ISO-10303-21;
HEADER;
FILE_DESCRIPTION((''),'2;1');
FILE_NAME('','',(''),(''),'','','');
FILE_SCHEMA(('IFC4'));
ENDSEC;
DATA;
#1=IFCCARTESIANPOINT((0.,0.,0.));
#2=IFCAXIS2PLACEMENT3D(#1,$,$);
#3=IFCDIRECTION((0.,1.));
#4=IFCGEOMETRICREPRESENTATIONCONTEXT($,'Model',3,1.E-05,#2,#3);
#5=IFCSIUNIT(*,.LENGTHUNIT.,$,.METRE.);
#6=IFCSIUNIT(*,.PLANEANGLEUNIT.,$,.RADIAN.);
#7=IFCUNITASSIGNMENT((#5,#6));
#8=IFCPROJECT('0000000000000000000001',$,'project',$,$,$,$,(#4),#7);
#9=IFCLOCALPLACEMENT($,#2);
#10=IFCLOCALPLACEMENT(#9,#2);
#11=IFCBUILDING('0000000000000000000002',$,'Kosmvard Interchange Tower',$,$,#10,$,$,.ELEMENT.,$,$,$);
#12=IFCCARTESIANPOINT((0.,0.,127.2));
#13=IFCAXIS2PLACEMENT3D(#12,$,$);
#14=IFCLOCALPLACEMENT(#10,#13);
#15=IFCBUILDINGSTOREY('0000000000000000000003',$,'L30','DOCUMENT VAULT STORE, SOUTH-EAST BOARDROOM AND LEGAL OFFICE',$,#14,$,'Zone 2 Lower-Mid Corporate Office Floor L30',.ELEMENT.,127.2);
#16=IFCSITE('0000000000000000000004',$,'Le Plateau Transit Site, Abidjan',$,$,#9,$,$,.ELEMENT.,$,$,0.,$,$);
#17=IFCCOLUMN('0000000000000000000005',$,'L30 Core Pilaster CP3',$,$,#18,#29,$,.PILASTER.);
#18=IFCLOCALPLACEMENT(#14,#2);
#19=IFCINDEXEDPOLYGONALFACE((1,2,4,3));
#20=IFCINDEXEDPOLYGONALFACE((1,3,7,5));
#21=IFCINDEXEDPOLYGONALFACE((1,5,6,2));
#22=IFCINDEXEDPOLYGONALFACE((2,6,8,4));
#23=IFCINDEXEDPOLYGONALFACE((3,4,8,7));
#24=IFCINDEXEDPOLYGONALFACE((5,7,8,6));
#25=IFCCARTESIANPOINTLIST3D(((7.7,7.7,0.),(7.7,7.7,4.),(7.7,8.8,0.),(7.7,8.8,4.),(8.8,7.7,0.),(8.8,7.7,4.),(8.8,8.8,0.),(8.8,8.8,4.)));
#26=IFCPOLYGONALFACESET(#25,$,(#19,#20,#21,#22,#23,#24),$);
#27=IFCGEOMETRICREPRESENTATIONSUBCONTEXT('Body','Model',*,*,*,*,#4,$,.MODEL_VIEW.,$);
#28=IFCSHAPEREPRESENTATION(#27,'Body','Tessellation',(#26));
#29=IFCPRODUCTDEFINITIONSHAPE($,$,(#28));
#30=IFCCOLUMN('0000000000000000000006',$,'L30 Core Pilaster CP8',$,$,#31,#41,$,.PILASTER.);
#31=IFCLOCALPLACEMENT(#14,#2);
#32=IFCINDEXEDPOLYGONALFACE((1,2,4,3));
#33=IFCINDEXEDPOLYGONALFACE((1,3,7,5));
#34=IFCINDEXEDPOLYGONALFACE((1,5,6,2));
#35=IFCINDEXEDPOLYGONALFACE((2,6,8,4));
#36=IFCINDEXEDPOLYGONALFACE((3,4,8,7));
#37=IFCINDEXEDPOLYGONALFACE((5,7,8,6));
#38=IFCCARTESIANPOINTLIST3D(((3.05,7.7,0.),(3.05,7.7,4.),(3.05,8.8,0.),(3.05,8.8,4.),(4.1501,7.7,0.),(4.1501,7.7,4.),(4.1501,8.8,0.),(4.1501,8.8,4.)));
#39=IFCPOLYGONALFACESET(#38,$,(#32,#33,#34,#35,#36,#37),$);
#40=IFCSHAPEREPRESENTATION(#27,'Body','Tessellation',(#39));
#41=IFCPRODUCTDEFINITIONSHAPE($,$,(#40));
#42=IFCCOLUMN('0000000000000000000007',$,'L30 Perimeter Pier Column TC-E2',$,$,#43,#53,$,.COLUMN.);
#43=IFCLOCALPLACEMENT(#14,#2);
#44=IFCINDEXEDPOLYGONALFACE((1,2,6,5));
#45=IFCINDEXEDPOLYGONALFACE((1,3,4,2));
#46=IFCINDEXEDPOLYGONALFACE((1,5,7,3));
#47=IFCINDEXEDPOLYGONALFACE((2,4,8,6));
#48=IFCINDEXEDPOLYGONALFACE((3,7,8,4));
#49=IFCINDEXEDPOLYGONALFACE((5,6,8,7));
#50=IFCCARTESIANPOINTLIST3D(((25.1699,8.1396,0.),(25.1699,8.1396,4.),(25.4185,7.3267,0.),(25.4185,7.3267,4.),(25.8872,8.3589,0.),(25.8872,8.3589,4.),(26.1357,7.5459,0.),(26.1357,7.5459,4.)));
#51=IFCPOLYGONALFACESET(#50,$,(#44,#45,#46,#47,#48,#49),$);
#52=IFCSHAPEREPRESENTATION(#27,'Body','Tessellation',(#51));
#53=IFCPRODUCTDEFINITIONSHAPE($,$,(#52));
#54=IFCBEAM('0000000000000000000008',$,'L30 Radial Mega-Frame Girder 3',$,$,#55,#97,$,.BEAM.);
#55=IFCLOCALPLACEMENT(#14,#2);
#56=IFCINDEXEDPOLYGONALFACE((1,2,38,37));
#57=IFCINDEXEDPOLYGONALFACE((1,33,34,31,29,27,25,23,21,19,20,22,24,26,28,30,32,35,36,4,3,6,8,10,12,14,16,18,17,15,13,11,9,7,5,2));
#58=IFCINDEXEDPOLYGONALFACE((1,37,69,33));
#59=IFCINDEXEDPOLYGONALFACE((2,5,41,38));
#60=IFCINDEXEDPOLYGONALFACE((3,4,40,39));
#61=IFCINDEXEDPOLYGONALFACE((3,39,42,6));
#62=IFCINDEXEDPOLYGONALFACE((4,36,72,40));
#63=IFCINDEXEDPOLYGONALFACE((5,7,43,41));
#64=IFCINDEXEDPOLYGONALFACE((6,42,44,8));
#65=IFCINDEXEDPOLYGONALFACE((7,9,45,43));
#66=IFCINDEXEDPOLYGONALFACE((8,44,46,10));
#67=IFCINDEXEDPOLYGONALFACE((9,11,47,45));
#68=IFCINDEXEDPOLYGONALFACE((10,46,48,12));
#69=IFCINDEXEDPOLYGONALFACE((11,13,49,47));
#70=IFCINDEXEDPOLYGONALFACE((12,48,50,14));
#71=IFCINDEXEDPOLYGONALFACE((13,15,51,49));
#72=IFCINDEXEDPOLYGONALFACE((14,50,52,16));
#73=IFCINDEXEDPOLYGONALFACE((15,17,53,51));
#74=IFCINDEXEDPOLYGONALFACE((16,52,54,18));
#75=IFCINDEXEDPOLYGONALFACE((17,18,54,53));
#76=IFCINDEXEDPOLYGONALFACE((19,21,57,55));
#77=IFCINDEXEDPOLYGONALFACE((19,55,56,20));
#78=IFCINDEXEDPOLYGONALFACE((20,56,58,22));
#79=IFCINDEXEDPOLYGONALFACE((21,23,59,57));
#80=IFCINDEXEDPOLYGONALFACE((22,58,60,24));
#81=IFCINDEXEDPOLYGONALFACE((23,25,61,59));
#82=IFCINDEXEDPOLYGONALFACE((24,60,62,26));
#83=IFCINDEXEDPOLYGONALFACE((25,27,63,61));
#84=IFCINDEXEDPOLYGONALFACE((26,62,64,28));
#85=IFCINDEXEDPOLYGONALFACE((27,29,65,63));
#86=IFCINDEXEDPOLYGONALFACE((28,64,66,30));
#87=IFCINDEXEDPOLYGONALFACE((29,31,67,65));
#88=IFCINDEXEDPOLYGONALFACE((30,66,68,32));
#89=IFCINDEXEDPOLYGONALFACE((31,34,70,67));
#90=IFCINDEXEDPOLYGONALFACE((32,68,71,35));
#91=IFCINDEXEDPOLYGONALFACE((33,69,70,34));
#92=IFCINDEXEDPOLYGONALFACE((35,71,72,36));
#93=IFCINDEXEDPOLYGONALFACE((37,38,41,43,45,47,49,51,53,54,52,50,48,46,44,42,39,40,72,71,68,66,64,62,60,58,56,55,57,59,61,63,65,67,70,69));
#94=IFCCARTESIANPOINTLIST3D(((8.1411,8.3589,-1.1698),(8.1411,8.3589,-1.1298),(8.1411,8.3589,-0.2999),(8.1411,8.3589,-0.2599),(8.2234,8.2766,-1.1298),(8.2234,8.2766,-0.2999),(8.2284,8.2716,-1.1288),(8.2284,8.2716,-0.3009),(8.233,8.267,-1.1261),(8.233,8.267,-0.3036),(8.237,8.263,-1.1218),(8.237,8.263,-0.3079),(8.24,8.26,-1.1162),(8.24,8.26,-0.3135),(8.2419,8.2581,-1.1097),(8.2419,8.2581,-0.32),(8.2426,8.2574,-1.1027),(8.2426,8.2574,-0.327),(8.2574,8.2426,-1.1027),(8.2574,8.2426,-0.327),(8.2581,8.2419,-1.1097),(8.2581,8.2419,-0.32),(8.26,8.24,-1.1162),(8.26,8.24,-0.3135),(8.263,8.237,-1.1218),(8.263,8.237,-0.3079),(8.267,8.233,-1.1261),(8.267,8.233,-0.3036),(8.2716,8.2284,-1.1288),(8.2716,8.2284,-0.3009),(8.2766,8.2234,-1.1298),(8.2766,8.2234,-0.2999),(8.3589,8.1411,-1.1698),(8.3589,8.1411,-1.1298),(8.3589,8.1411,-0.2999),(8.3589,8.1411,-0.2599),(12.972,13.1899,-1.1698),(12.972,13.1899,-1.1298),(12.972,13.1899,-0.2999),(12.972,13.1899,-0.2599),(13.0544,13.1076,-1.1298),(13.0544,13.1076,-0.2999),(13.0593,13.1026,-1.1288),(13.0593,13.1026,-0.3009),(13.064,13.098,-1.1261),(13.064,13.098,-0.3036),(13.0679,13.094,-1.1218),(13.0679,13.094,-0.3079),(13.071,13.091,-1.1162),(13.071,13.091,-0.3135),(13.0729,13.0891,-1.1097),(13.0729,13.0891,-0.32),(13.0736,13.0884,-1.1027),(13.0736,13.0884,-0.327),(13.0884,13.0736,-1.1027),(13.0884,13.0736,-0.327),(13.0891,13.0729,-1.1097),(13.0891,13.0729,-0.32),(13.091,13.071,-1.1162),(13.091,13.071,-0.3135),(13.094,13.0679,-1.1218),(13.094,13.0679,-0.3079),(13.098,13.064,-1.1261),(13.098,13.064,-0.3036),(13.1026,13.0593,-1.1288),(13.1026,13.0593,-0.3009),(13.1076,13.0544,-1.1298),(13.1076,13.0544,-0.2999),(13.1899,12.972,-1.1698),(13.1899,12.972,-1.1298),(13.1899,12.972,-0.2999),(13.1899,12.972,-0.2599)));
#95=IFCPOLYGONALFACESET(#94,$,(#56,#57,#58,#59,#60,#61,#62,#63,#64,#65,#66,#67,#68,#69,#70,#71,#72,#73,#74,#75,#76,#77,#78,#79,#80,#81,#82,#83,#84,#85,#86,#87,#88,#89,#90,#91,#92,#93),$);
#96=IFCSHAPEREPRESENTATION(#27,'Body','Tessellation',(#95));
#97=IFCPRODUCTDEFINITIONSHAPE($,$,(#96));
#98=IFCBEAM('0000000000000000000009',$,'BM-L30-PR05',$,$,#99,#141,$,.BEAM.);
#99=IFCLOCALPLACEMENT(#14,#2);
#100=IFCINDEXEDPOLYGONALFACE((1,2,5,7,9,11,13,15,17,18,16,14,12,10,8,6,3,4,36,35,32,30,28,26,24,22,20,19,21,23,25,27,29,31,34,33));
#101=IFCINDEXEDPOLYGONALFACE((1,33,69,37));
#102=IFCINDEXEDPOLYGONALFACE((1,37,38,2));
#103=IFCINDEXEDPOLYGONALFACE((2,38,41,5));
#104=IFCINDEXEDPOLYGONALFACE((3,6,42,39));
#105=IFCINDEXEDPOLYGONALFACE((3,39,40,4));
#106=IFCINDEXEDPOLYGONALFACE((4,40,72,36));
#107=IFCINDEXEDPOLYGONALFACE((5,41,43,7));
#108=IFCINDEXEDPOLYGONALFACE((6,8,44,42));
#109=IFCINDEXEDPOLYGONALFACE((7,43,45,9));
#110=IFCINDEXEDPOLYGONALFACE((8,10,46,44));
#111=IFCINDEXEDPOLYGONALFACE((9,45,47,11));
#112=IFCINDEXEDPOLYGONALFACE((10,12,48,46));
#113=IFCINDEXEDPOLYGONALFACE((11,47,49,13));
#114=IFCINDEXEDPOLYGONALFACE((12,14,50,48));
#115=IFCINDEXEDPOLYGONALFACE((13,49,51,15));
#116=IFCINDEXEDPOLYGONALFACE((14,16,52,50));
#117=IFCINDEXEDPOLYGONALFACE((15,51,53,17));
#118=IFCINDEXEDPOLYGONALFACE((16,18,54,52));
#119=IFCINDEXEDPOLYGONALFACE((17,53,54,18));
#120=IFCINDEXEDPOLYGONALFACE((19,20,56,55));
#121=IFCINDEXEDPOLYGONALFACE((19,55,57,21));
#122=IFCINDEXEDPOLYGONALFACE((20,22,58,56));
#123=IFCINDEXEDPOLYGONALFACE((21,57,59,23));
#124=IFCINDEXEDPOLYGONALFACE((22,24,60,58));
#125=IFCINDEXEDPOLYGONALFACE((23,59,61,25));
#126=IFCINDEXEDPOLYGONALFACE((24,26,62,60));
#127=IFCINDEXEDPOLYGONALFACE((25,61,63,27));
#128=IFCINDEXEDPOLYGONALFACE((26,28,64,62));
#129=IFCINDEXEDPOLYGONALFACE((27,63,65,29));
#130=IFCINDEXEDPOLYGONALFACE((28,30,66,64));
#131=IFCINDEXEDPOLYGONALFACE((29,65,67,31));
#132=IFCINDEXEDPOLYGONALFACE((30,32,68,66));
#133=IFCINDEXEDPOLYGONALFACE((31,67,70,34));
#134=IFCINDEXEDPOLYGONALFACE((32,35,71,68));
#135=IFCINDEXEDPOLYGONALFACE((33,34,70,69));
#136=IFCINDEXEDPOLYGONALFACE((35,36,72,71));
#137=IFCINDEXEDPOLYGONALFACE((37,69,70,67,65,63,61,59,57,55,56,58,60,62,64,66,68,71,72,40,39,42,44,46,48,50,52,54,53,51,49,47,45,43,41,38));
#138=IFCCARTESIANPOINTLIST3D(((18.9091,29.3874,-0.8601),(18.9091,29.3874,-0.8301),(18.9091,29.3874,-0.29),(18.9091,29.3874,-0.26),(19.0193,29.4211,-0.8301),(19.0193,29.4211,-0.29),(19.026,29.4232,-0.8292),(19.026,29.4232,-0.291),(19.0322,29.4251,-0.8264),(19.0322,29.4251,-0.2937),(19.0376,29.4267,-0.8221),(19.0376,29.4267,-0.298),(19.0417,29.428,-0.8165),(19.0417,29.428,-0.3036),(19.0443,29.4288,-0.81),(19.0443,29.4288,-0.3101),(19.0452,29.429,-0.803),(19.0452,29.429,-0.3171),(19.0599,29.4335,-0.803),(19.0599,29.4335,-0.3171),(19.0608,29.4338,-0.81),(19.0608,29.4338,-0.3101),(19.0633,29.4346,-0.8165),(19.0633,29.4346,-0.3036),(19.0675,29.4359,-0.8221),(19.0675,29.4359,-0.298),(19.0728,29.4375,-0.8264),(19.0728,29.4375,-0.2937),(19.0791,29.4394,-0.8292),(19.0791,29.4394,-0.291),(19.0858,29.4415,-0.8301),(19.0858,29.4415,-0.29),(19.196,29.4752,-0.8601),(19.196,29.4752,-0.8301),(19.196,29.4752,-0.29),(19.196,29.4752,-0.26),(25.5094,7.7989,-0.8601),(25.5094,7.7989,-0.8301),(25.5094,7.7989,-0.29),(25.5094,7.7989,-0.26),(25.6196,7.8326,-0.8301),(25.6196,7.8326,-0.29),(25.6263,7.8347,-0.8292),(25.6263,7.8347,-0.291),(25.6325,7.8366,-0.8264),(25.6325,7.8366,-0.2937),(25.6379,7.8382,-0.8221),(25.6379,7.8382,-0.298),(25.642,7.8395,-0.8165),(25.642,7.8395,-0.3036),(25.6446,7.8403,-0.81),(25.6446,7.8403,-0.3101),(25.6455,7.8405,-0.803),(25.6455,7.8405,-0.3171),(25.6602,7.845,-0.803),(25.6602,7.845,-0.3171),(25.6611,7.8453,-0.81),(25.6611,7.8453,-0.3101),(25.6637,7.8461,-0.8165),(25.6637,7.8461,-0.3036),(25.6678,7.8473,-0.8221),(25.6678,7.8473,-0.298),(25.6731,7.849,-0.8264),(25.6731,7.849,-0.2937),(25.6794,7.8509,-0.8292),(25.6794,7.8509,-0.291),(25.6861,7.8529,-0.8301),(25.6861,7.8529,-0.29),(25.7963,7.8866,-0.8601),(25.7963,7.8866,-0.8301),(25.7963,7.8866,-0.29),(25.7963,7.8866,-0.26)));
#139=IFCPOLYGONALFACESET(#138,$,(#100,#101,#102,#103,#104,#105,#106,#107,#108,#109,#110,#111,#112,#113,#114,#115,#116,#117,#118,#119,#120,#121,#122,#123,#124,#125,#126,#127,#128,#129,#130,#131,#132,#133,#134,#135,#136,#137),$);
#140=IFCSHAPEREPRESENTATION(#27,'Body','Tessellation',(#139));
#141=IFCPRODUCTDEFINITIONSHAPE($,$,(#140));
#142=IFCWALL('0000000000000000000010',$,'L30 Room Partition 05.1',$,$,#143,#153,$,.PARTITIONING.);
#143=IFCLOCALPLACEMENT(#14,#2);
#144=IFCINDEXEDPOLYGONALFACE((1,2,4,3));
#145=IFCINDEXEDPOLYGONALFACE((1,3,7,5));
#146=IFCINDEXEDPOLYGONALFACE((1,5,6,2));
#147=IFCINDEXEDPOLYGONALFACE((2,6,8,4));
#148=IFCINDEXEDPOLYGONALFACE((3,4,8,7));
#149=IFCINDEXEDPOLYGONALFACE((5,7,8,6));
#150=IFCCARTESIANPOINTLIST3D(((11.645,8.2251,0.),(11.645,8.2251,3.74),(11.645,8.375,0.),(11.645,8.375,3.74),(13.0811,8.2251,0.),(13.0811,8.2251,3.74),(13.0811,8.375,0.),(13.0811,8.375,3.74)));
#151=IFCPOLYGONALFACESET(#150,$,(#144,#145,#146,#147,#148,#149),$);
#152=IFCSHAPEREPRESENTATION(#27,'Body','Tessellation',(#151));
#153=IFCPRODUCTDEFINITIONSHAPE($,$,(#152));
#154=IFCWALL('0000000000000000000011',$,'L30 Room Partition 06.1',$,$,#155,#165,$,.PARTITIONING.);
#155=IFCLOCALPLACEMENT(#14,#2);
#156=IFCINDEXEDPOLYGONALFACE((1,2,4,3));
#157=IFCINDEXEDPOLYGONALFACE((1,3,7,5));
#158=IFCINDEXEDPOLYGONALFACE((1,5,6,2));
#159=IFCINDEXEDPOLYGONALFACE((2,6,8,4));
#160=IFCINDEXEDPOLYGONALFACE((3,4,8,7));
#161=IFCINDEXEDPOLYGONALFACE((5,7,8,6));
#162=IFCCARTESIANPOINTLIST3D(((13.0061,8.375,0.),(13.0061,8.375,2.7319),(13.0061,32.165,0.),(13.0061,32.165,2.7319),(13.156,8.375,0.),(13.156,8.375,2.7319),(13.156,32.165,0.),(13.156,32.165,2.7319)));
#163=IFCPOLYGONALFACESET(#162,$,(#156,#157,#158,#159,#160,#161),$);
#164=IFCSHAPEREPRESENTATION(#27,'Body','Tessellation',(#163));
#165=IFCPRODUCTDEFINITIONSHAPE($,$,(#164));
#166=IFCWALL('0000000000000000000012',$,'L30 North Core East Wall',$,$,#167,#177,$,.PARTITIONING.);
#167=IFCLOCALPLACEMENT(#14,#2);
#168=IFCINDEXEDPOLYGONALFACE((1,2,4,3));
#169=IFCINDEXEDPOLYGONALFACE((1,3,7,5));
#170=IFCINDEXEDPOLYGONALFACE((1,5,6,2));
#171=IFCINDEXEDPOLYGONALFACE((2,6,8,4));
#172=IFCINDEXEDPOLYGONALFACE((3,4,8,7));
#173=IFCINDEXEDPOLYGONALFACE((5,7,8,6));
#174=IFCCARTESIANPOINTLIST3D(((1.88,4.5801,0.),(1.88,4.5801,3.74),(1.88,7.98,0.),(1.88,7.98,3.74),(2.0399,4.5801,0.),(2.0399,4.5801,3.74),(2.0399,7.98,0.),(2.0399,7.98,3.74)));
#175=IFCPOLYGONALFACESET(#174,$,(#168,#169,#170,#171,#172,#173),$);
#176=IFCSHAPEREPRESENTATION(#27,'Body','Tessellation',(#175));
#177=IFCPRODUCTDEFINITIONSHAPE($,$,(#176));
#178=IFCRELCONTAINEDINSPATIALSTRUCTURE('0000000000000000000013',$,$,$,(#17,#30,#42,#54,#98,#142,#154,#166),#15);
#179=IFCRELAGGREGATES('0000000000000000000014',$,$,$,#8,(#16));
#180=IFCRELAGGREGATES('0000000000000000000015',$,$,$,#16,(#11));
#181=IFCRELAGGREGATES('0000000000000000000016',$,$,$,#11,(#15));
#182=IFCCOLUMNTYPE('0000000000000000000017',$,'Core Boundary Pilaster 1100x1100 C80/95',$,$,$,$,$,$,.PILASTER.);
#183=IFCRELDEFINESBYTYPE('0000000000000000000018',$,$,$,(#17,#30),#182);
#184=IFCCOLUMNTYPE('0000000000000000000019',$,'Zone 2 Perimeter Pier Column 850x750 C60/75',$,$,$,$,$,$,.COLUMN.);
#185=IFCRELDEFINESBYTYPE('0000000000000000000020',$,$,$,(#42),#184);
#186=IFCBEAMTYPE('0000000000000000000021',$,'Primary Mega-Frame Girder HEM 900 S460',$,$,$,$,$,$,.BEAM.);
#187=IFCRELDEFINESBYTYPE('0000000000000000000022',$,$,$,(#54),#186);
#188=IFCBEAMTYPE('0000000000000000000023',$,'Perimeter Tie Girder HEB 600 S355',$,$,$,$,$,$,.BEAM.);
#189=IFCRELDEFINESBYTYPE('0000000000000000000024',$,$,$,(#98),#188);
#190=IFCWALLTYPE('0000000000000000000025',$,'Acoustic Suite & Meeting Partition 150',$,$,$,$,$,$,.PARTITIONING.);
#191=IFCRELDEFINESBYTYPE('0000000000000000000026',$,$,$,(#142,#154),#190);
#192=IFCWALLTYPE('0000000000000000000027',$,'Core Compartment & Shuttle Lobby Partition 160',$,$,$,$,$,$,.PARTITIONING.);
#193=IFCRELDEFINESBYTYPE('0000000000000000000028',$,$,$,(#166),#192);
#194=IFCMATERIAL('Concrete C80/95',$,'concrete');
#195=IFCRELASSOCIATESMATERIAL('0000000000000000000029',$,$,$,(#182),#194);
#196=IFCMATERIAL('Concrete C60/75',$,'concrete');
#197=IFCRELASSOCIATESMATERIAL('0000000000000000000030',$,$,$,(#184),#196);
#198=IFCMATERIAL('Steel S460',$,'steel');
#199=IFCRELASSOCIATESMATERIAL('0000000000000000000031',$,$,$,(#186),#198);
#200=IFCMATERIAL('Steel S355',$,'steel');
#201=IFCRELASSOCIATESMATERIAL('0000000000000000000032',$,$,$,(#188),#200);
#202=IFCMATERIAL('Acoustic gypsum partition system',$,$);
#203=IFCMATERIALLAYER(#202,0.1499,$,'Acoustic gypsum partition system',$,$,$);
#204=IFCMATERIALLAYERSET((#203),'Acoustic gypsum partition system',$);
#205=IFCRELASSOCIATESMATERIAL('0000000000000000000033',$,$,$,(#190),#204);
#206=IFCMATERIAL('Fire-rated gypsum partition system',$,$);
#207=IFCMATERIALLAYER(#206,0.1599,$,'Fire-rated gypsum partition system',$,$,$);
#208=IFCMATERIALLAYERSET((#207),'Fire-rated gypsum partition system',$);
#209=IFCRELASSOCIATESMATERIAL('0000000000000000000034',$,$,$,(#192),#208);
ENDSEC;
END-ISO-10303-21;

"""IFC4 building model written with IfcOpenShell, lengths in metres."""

from ifc_helpers import new_model, si_unit, direction, frame, frame_2d, origin, origin_2d, place, context, subcontext, project, spatial, rectangle, i_section, extrude, source, transform, mapped, material, layer, layer_set, material_profile, profile_set, type_object, element, save


model = new_model("IFC4")

# Units and contexts
model_context = context("Model", 3, precision=1e-05, world=origin(), true_north=direction((0.0, 1.0)))
body_context = subcontext(model_context, "Body", "Model", "MODEL_VIEW")
ifc_project = project(units=[si_unit("LENGTHUNIT", "METRE"), si_unit("PLANEANGLEUNIT", "RADIAN")], contexts=[model_context])

# Site, building, storey
site_placement = place(None, origin())
site = spatial("IfcSite", under=ifc_project, at=site_placement, Name="Le Plateau Transit Site, Abidjan", CompositionType="ELEMENT", RefElevation=0.0)
building_placement = place(site_placement, origin())
building = spatial("IfcBuilding", under=site, at=building_placement, Name="Kosmvard Interchange Tower", CompositionType="ELEMENT")
storey_placement = place(building_placement, frame((0.0, 0.0, 127.2)))
storey = spatial("IfcBuildingStorey", under=building, at=storey_placement, Name="L30", Description="DOCUMENT VAULT STORE, SOUTH-EAST BOARDROOM AND LEGAL OFFICE", LongName="Zone 2 Lower-Mid Corporate Office Floor L30", CompositionType="ELEMENT", Elevation=127.2)

# Columns
ifc_material_1 = material(Name="Concrete C80/95", Category="concrete")
ifc_material_profile_1 = material_profile(ifc_material_1, rectangle(XDim=1.1001, YDim=1.1001, at=origin_2d()), Name="CP 1100x1100")
ifc_profile_set_1 = profile_set([ifc_material_profile_1], Name="Concrete C80/95")
column_type_1 = type_object("IfcColumnType", Name="Core Boundary Pilaster 1100x1100 C80/95", PredefinedType="PILASTER", material=ifc_profile_set_1)
shared_shape_1 = source(origin(), body_context, "Body", "SweptSolid", [
    extrude(rectangle(XDim=1.1001, YDim=1.1001, at=origin_2d()), origin(), (0.0, 0.0, 1.0), 4.0),
])
for number, where, z_axis, x_axis, name in (
    (1, (8.25, 8.25, 0.0), (0.0, 0.0, 1.0), (1.0, 0.0, 0.0), "L30 Core Pilaster CP3"),
    (2, (3.6001, 8.25, 0.0), (0.0, 0.0, 1.0), (1.0, 0.0, 0.0), "L30 Core Pilaster CP8"),
):
    element("IfcColumn", number, at=place(storey_placement, frame(where, z_axis=z_axis, x_axis=x_axis)), inside=storey, type_object=column_type_1, Name=name, PredefinedType="PILASTER", context=body_context, shape_type="MappedRepresentation", body=[
        mapped(shared_shape_1, transform((0.0, 0.0, 0.0), scale=1.0)),
    ])
ifc_material_2 = material(Name="Concrete C60/75", Category="concrete")
ifc_material_profile_2 = material_profile(ifc_material_2, rectangle(XDim=0.75, YDim=0.8501, at=origin_2d()), Name="TC 850x750")
ifc_profile_set_2 = profile_set([ifc_material_profile_2], Name="Concrete C60/75")
column_type_2 = type_object("IfcColumnType", Name="Zone 2 Perimeter Pier Column 850x750 C60/75", PredefinedType="COLUMN", material=ifc_profile_set_2)
shared_shape_2 = source(origin(), body_context, "Body", "SweptSolid", [
    extrude(rectangle(XDim=0.75, YDim=0.8501, at=origin_2d()), origin(), (0.0, 0.0, 1.0), 4.0),
])
column_placement = place(storey_placement, frame((25.6528, 7.8428, 0.0), z_axis=(0.0, 0.0, 1.0), x_axis=(0.956305, 0.292372, 0.0)))
element("IfcColumn", 3, at=column_placement, inside=storey, type_object=column_type_2, Name="L30 Perimeter Pier Column TC-E2", PredefinedType="COLUMN", context=body_context, shape_type="MappedRepresentation", body=[
    mapped(shared_shape_2, transform((0.0, 0.0, 0.0), scale=1.0)),
])

# Beams
ifc_material_3 = material(Name="Steel S460", Category="steel")
ifc_material_profile_3 = material_profile(ifc_material_3, i_section(OverallWidth=0.3081, OverallDepth=0.9099, WebThickness=0.021, FlangeThickness=0.04, FilletRadius=0.0271, at=origin_2d()), Name="HEM 900")
ifc_profile_set_3 = profile_set([ifc_material_profile_3], Name="Steel S460")
beam_type_1 = type_object("IfcBeamType", Name="Primary Mega-Frame Girder HEM 900 S460", PredefinedType="BEAM", material=ifc_profile_set_3)
shared_shape_3 = source(origin(), body_context, "Body", "SweptSolid", [
    extrude(i_section(OverallWidth=0.3081, OverallDepth=0.9099, WebThickness=0.021, FlangeThickness=0.04, FilletRadius=0.0271, at=origin_2d()), origin(), (0.0, 0.0, 1.0), 6.832),
])
beam_1_placement = place(storey_placement, frame((8.25, 8.25, -0.7148), z_axis=(0.707107, 0.707107, 0.0), x_axis=(-0.707107, 0.707107, 0.0)))
element("IfcBeam", 4, at=beam_1_placement, inside=storey, type_object=beam_type_1, Name="L30 Radial Mega-Frame Girder 3", PredefinedType="BEAM", context=body_context, shape_type="MappedRepresentation", body=[
    mapped(shared_shape_3, transform((0.0, 0.0, 0.0), scale=1.0)),
])
ifc_material_4 = material(Name="Steel S355", Category="steel")
ifc_material_profile_4 = material_profile(ifc_material_4, i_section(OverallWidth=0.3, OverallDepth=0.6001, WebThickness=0.0154, FlangeThickness=0.03, FilletRadius=0.0271, at=origin_2d()), Name="HEB 600")
ifc_profile_set_4 = profile_set([ifc_material_profile_4], Name="Steel S355")
beam_type_2 = type_object("IfcBeamType", Name="Perimeter Tie Girder HEB 600 S355", PredefinedType="BEAM", material=ifc_profile_set_4)
shared_shape_4 = source(origin(), body_context, "Body", "SweptSolid", [
    extrude(i_section(OverallWidth=0.3, OverallDepth=0.6001, WebThickness=0.0154, FlangeThickness=0.03, FilletRadius=0.0271, at=origin_2d()), origin(), (0.0, 0.0, 1.0), 22.575),
])
beam_2_placement = place(storey_placement, frame((25.6528, 7.8428, -0.5601), z_axis=(-0.292373, 0.956304, 0.0), x_axis=(-0.956304, -0.292373, 0.0)))
element("IfcBeam", 5, at=beam_2_placement, inside=storey, type_object=beam_type_2, Name="BM-L30-PR05", PredefinedType="BEAM", context=body_context, shape_type="MappedRepresentation", body=[
    mapped(shared_shape_4, transform((0.0, 0.0, 0.0), scale=1.0)),
])

# Walls
ifc_material_5 = material(Name="Acoustic gypsum partition system")
ifc_layer_1 = layer(ifc_material_5, 0.1499, Name="Acoustic gypsum partition system")
ifc_layer_set_1 = layer_set([ifc_layer_1], Name="Acoustic gypsum partition system")
wall_type_1 = type_object("IfcWallType", Name="Acoustic Suite & Meeting Partition 150", PredefinedType="PARTITIONING", material=ifc_layer_set_1)
wall_1_placement = place(storey_placement, frame((11.645, 8.3, 0.0), z_axis=(0.0, 0.0, 1.0), x_axis=(1.0, 0.0, 0.0)))
element("IfcWall", 6, at=wall_1_placement, inside=storey, type_object=wall_type_1, Name="L30 Room Partition 05.1", PredefinedType="PARTITIONING", context=body_context, shape_type="SweptSolid", body=[
    extrude(rectangle(XDim=1.436, YDim=0.1499, at=frame_2d((0.718, 0.0))), origin(), (0.0, 0.0, 1.0), 3.74),
])
wall_2_placement = place(storey_placement, frame((13.0811, 8.375, 0.0), z_axis=(0.0, 0.0, 1.0), x_axis=(0.0, 1.0, 0.0)))
element("IfcWall", 7, at=wall_2_placement, inside=storey, type_object=wall_type_1, Name="L30 Room Partition 06.1", PredefinedType="PARTITIONING", context=body_context, shape_type="SweptSolid", body=[
    extrude(rectangle(XDim=23.79, YDim=0.1499, at=frame_2d((11.895, 0.0))), origin(), (0.0, 0.0, 1.0), 2.7319),
])
ifc_material_6 = material(Name="Fire-rated gypsum partition system")
ifc_layer_2 = layer(ifc_material_6, 0.1599, Name="Fire-rated gypsum partition system")
ifc_layer_set_2 = layer_set([ifc_layer_2], Name="Fire-rated gypsum partition system")
wall_type_2 = type_object("IfcWallType", Name="Core Compartment & Shuttle Lobby Partition 160", PredefinedType="PARTITIONING", material=ifc_layer_set_2)
wall_3_placement = place(storey_placement, frame((1.96, 4.5801, 0.0), z_axis=(0.0, 0.0, 1.0), x_axis=(0.0, 1.0, 0.0)))
element("IfcWall", 8, at=wall_3_placement, inside=storey, type_object=wall_type_2, Name="L30 North Core East Wall", PredefinedType="PARTITIONING", context=body_context, shape_type="SweptSolid", body=[
    extrude(rectangle(XDim=3.3999, YDim=0.1599, at=frame_2d((1.7, 0.0))), origin(), (0.0, 0.0, 1.0), 3.74),
])

save(model, "model.ifc")
